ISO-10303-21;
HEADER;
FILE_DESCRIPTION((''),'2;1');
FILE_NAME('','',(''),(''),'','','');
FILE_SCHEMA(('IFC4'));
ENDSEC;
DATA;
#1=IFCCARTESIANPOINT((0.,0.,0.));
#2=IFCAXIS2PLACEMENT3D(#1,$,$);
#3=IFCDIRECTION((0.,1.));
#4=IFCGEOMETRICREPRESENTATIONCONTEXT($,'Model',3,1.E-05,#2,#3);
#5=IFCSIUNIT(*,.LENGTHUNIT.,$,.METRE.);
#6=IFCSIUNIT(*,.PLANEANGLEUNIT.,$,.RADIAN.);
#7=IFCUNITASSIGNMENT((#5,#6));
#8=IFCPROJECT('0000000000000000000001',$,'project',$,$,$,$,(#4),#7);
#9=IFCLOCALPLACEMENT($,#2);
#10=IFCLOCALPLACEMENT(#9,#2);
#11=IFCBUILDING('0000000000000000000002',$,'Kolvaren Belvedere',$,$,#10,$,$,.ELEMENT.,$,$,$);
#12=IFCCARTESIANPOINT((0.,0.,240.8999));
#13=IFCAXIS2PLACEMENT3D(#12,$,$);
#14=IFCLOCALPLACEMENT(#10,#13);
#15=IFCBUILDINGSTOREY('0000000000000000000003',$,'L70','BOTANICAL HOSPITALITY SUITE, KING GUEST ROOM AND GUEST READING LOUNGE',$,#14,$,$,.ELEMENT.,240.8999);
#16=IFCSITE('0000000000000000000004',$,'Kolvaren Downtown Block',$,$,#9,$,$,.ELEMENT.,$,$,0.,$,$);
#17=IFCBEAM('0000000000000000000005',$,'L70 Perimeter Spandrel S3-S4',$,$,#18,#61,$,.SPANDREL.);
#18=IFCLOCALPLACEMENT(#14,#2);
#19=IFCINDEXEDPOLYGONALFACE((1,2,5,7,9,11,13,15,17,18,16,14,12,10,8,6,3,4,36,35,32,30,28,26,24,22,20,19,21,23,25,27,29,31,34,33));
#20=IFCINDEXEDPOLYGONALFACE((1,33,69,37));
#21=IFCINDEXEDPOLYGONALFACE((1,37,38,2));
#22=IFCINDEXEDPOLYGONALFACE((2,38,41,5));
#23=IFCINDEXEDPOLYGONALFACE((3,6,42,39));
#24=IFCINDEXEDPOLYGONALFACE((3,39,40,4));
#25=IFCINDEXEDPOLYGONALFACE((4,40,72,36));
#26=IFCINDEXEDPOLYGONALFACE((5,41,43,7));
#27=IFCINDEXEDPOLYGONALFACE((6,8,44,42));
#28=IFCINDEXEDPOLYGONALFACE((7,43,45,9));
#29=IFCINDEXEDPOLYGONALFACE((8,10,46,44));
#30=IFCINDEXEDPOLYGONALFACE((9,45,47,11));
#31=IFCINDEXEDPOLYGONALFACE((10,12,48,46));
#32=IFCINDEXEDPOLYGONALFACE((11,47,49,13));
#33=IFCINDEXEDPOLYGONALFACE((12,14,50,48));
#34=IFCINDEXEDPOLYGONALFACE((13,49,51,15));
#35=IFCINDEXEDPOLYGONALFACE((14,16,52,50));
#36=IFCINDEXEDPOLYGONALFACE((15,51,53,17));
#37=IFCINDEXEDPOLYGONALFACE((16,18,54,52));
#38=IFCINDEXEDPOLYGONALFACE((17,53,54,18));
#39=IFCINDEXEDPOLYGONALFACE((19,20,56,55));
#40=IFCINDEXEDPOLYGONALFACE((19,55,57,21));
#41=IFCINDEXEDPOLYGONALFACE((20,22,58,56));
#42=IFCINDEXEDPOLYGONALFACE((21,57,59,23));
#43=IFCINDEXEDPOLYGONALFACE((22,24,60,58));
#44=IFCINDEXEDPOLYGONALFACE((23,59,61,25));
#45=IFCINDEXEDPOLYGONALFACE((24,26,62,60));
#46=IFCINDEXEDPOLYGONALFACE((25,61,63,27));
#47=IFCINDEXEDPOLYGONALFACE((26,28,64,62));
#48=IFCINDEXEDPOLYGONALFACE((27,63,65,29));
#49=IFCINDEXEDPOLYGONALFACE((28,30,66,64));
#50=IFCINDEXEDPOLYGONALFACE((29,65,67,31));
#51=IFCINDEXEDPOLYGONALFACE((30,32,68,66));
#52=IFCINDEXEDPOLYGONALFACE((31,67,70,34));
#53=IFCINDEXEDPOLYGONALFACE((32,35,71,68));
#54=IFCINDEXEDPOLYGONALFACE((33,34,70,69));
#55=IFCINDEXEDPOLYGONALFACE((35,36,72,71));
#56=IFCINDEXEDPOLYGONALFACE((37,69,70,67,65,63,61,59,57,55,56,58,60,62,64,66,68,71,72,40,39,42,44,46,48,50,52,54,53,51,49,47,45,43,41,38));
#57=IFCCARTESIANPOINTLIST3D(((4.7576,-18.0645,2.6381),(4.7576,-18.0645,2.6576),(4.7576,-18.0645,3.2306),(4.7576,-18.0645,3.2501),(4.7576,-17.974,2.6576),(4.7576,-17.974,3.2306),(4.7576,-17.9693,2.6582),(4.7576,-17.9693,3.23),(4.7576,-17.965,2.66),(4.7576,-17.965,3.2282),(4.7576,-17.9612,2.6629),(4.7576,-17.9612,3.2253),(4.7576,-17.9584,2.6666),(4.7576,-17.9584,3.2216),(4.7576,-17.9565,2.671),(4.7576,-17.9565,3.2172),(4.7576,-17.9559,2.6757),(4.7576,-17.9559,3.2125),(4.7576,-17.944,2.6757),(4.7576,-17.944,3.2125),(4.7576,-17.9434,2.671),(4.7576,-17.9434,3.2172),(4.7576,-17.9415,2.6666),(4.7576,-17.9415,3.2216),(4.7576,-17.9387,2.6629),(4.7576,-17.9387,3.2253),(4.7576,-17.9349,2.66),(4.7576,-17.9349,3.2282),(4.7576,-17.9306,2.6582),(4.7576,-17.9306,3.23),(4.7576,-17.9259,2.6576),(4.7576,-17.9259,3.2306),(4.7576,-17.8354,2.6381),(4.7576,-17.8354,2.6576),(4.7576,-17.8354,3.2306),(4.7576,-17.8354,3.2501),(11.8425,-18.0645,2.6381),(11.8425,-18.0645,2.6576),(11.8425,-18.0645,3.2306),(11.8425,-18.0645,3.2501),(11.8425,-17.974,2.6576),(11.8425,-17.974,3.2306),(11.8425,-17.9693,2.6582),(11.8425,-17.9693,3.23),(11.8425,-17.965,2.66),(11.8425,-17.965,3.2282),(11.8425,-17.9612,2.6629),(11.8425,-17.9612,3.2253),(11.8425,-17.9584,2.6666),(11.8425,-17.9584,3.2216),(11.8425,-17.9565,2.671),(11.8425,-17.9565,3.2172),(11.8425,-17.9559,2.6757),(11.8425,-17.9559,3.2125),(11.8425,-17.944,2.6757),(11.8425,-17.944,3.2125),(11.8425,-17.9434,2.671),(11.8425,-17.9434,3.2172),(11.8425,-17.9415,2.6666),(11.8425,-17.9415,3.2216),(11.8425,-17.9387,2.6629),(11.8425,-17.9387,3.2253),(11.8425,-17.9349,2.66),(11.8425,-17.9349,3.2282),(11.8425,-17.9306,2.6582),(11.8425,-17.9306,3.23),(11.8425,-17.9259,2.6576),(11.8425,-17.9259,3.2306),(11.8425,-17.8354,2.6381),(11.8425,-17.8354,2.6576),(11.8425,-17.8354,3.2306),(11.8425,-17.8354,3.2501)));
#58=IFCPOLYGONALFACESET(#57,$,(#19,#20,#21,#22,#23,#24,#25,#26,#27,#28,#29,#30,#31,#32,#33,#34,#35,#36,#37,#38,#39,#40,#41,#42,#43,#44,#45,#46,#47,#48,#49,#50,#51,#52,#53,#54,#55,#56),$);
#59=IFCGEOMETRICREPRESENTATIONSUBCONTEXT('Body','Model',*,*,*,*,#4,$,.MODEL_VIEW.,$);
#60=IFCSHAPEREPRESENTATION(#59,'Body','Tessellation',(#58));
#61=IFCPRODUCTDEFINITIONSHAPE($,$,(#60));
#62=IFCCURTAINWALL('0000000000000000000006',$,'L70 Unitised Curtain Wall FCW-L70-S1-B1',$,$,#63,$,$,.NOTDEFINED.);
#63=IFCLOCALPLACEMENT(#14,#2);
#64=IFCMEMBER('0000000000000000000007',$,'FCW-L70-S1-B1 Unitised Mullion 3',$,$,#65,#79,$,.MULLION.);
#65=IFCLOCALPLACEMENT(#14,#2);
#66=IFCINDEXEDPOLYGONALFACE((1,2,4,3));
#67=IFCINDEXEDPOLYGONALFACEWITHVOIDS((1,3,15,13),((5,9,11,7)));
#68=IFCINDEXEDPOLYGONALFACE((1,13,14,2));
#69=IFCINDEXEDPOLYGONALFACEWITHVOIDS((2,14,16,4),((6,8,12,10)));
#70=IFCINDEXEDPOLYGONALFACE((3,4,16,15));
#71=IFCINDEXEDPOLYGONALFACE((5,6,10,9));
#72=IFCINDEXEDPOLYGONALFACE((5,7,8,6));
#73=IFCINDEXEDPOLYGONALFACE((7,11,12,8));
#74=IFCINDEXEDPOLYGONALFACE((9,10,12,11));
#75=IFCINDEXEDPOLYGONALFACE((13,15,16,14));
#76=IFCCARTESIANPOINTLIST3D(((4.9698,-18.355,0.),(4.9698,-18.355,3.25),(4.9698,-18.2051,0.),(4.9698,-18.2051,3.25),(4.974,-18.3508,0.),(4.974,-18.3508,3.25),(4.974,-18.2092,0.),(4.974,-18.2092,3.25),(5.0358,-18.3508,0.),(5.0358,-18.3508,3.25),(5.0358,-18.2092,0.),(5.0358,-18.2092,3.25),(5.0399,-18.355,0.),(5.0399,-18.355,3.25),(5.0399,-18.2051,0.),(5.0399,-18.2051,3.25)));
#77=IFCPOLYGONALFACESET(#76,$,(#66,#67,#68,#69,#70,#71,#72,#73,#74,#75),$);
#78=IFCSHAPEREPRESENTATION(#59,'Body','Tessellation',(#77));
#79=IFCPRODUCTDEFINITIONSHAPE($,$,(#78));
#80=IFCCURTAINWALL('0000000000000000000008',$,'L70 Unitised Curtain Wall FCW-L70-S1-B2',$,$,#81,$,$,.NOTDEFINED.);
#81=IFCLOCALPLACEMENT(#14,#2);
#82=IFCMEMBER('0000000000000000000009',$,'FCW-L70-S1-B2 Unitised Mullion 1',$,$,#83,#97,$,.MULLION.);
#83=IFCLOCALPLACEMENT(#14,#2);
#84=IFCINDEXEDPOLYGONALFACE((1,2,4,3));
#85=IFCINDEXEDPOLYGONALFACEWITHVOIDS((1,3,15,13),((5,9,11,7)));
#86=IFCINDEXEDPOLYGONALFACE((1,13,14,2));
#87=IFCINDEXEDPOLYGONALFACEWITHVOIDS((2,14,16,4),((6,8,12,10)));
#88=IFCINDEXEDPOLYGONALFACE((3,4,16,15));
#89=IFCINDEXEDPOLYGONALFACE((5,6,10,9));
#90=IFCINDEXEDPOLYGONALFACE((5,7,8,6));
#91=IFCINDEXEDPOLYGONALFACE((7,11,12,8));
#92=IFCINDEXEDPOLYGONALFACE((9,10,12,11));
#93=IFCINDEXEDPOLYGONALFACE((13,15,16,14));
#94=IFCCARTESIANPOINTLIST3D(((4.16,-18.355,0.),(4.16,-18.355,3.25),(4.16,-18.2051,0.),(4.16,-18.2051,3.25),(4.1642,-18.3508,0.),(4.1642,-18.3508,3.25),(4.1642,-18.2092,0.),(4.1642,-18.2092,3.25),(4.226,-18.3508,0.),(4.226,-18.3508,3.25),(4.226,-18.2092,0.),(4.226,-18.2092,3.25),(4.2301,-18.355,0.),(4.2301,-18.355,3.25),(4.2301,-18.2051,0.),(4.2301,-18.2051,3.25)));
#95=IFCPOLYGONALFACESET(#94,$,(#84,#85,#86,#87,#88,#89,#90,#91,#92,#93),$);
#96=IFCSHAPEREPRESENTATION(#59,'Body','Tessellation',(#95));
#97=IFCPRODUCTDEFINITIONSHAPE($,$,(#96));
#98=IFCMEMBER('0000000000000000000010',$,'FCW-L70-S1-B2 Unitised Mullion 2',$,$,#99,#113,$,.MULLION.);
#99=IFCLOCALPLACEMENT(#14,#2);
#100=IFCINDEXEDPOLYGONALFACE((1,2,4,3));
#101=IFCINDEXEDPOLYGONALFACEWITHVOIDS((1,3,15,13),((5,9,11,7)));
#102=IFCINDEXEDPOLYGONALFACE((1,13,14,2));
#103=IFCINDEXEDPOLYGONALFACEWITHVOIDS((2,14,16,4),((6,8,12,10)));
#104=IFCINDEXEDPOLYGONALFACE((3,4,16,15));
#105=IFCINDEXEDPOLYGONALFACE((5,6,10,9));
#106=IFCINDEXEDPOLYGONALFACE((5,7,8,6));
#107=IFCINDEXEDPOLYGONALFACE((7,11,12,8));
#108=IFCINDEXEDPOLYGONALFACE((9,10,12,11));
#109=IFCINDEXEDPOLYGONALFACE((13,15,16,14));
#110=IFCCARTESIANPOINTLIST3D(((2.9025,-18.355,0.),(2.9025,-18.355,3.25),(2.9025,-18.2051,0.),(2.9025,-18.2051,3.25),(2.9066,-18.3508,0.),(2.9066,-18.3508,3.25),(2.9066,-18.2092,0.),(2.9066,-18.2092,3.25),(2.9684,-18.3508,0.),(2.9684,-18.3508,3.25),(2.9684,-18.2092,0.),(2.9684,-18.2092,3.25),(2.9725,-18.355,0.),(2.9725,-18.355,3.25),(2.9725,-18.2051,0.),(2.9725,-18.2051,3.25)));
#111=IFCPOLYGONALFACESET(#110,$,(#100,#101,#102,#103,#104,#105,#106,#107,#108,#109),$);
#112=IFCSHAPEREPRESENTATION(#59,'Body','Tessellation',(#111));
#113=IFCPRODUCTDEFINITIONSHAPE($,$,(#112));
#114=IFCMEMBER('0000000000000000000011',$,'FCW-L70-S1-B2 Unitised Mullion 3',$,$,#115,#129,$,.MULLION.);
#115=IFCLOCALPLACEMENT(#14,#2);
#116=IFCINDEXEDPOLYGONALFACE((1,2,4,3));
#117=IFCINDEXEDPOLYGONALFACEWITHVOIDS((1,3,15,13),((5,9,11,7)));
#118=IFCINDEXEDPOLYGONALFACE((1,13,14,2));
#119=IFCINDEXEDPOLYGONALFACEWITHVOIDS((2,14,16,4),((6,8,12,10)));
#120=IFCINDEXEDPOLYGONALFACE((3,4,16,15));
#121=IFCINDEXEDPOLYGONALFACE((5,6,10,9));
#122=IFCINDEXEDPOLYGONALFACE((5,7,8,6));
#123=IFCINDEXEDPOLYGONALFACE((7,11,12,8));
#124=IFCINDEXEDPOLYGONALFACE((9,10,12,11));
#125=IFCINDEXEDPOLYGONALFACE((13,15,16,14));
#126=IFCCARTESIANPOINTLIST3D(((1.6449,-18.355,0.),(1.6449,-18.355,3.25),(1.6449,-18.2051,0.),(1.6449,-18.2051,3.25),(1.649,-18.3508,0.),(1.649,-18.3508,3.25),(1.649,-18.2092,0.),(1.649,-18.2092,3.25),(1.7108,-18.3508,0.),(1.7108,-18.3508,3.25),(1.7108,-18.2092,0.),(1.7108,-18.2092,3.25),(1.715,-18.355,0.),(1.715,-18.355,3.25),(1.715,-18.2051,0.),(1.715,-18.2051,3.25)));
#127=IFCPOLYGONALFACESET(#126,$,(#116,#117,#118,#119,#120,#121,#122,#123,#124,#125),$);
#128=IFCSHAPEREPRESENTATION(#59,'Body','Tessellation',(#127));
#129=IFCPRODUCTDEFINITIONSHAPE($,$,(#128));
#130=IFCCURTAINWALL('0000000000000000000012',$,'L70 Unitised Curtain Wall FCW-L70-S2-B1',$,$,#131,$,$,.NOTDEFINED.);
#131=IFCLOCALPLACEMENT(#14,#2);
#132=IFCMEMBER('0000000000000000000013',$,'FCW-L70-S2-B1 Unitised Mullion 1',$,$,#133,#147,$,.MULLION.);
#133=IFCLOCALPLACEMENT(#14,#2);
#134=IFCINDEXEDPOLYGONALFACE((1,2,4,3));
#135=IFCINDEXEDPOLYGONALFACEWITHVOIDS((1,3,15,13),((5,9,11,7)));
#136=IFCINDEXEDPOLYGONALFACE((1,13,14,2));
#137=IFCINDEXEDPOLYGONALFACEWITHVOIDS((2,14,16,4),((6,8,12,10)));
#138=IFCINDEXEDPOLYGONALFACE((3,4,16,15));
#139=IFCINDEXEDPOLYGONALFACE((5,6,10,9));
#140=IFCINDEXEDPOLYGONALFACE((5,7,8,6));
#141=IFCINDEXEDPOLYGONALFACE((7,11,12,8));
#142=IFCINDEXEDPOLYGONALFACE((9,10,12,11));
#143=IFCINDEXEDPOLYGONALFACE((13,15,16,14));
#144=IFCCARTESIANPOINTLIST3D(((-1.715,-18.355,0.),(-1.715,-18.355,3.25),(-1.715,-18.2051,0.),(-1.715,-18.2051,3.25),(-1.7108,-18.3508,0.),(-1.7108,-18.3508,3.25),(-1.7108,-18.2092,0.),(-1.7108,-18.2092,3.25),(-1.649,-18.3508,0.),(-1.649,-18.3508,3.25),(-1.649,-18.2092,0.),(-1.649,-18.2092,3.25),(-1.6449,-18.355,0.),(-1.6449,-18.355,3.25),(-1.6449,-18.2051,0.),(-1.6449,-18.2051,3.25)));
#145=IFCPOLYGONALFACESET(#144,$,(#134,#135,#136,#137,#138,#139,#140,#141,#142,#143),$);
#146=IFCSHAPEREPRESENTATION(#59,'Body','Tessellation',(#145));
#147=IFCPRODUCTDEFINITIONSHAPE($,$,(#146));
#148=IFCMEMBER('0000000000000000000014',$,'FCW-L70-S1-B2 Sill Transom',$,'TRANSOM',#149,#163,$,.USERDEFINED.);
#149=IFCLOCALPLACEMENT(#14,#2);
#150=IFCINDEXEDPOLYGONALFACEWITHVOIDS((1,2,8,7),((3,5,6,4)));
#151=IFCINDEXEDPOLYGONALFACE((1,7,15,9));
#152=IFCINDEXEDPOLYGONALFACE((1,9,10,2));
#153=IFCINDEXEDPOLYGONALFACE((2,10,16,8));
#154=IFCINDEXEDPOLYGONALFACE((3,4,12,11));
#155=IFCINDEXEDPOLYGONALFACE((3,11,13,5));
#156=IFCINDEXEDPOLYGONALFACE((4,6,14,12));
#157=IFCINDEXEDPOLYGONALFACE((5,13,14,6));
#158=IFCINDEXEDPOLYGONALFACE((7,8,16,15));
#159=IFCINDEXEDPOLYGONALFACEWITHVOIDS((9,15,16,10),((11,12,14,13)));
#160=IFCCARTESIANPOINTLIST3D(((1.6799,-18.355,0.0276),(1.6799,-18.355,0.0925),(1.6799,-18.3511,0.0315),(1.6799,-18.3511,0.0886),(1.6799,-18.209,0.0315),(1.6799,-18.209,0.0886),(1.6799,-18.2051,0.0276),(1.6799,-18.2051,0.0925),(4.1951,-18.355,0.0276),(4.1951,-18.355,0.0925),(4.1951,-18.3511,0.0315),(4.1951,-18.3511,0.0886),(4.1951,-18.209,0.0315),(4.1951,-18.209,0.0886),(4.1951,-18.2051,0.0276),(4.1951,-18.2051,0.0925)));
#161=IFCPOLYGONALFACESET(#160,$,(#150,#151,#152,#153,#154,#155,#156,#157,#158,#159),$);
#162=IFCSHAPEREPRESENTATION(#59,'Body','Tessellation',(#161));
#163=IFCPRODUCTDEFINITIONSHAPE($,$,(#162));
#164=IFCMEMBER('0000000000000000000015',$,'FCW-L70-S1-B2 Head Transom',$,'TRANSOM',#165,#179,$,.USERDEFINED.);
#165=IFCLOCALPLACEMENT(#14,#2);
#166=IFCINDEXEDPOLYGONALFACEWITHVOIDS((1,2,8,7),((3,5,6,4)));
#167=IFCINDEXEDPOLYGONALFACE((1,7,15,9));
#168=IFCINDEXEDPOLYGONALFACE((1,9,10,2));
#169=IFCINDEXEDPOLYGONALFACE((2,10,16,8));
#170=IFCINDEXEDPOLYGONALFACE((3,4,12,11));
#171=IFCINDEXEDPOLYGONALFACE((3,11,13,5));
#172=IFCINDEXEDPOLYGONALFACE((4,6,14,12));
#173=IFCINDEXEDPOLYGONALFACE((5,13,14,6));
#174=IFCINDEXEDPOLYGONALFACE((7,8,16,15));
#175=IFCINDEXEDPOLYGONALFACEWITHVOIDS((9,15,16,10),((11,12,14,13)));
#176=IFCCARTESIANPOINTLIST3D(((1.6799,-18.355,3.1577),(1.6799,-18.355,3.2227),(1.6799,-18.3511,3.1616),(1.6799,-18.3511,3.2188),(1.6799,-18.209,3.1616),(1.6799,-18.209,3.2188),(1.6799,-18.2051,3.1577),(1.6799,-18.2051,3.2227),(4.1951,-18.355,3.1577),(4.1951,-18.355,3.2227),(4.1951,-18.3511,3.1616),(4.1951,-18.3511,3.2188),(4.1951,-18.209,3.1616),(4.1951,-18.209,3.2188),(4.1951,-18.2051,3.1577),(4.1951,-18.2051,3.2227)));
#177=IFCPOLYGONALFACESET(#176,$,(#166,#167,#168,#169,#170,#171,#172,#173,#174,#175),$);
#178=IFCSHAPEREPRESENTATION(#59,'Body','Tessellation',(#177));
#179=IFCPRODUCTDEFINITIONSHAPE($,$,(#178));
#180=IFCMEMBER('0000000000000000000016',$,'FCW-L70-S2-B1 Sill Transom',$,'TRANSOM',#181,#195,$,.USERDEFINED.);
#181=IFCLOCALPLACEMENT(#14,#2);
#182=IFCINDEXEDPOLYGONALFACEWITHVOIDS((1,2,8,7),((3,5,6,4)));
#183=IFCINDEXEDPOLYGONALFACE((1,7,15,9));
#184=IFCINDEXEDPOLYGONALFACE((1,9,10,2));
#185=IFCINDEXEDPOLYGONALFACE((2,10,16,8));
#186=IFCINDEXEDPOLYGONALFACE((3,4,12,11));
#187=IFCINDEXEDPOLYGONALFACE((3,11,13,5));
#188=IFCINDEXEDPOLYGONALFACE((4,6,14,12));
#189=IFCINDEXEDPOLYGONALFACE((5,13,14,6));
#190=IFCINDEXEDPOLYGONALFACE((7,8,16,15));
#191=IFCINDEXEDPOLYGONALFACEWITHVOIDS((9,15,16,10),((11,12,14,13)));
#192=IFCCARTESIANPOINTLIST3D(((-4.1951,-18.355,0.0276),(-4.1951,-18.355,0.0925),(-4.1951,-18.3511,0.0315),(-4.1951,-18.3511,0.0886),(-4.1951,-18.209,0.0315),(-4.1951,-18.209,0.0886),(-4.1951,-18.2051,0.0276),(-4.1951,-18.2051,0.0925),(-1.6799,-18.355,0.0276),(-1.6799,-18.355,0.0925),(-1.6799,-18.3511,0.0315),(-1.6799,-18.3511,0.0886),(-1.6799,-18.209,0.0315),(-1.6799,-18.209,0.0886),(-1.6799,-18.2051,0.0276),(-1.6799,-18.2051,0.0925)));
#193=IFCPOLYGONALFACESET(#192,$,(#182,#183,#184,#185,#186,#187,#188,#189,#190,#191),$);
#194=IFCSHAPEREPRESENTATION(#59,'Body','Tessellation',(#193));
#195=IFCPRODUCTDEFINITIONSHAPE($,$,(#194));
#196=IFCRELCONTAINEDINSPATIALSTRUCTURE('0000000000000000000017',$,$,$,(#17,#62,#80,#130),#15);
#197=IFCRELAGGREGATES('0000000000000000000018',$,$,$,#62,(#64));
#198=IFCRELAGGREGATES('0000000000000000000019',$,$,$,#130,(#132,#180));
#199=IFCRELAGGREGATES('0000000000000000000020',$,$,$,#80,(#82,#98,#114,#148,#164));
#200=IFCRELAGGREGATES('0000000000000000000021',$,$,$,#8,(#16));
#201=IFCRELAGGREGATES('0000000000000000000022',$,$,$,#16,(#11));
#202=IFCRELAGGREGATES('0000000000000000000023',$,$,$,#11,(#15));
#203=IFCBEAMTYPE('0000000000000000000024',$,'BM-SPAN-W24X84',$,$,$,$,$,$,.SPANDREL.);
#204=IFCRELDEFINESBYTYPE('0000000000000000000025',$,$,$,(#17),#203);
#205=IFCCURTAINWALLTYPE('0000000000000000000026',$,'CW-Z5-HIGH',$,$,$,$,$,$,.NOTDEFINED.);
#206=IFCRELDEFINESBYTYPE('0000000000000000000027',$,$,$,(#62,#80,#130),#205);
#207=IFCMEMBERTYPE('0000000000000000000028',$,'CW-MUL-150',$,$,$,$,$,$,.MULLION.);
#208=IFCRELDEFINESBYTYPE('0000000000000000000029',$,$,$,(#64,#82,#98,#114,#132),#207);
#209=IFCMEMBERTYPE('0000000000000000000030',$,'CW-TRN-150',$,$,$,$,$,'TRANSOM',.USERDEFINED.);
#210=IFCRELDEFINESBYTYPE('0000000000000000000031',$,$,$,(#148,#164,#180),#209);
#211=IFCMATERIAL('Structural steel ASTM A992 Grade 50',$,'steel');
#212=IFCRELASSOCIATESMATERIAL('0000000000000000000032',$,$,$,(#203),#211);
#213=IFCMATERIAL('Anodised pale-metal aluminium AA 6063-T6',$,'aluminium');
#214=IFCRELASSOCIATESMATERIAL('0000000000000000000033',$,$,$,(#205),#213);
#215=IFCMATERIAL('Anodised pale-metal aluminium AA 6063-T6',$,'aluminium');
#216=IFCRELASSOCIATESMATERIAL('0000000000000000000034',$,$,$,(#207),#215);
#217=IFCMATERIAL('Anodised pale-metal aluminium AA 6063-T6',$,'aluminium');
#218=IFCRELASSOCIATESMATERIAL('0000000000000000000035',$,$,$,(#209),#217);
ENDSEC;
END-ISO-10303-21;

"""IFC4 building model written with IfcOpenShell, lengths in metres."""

from ifc_helpers import new_model, si_unit, direction, frame, origin, origin_2d, place, context, subcontext, project, spatial, hollow_rectangle, i_section, extrude, material, material_profile, profile_set, type_object, element, aggregate, save


model = new_model("IFC4")

# Units and contexts
model_context = context("Model", 3, precision=1e-05, world=origin(), true_north=direction((0.0, 1.0)))
body_context = subcontext(model_context, "Body", "Model", "MODEL_VIEW")
ifc_project = project(units=[si_unit("LENGTHUNIT", "METRE"), si_unit("PLANEANGLEUNIT", "RADIAN")], contexts=[model_context])

# Site, building, storey
site_placement = place(None, origin())
site = spatial("IfcSite", under=ifc_project, at=site_placement, Name="Kolvaren Downtown Block", CompositionType="ELEMENT", RefElevation=0.0)
building_placement = place(site_placement, origin())
building = spatial("IfcBuilding", under=site, at=building_placement, Name="Kolvaren Belvedere", CompositionType="ELEMENT")
storey_placement = place(building_placement, frame((0.0, 0.0, 240.8999)))
storey = spatial("IfcBuildingStorey", under=building, at=storey_placement, Name="L70", Description="BOTANICAL HOSPITALITY SUITE, KING GUEST ROOM AND GUEST READING LOUNGE", CompositionType="ELEMENT", Elevation=240.8999)

# Beam
ifc_material_1 = material(Name="Structural steel ASTM A992 Grade 50", Category="steel")
ifc_material_profile_1 = material_profile(ifc_material_1, i_section(OverallWidth=0.229, OverallDepth=0.6121, WebThickness=0.012, FlangeThickness=0.0195, FilletRadius=0.0181, at=origin_2d()), Name="W24X84")
ifc_profile_set_1 = profile_set([ifc_material_profile_1], Name="Structural steel ASTM A992 Grade 50")
beam_type_1 = type_object("IfcBeamType", Name="BM-SPAN-W24X84", PredefinedType="SPANDREL", material=ifc_profile_set_1)
beam_1_placement = place(storey_placement, frame((4.7576, -17.95, 2.9441), z_axis=(1.0, 0.0, 0.0), x_axis=(0.0, 1.0, 0.0)))
element("IfcBeam", 1, at=beam_1_placement, inside=storey, type_object=beam_type_1, Name="L70 Perimeter Spandrel S3-S4", PredefinedType="SPANDREL", context=body_context, shape_type="SweptSolid", body=[
    extrude(i_section(OverallWidth=0.229, OverallDepth=0.6121, WebThickness=0.012, FlangeThickness=0.0195, FilletRadius=0.0181, at=origin_2d()), origin(), (0.0, 0.0, 1.0), 7.085),
])

# Curtain wall, member
ifc_material_2 = material(Name="Anodised pale-metal aluminium AA 6063-T6", Category="aluminium")
curtain_wall_type = type_object("IfcCurtainWallType", Name="CW-Z5-HIGH", PredefinedType="NOTDEFINED", material=ifc_material_2)
curtain_wall_1_placement = place(storey_placement, origin())
curtain_wall_1 = element("IfcCurtainWall", 2, at=curtain_wall_1_placement, inside=storey, type_object=curtain_wall_type, Name="L70 Unitised Curtain Wall FCW-L70-S1-B1", PredefinedType="NOTDEFINED")
ifc_material_3 = material(Name="Anodised pale-metal aluminium AA 6063-T6", Category="aluminium")
ifc_material_profile_2 = material_profile(ifc_material_3, hollow_rectangle(XDim=0.0701, YDim=0.1499, WallThickness=0.0042, at=origin_2d()), Name="ALU-MUL-150X70")
ifc_profile_set_2 = profile_set([ifc_material_profile_2], Name="Anodised pale-metal aluminium AA 6063-T6")
member_type_1 = type_object("IfcMemberType", Name="CW-MUL-150", PredefinedType="MULLION", material=ifc_profile_set_2)
member_1_placement = place(storey_placement, frame((5.0049, -18.28, 0.0), z_axis=(0.0, 0.0, 1.0), x_axis=(1.0, 0.0, 0.0)))
member_1 = element("IfcMember", 3, at=member_1_placement, type_object=member_type_1, Name="FCW-L70-S1-B1 Unitised Mullion 3", PredefinedType="MULLION", context=body_context, shape_type="SweptSolid", body=[
    extrude(hollow_rectangle(XDim=0.0701, YDim=0.1499, WallThickness=0.0042, at=origin_2d()), origin(), (0.0, 0.0, 1.0), 3.25),
])
aggregate(curtain_wall_1, [member_1])

# Curtain wall, members
curtain_wall_2_placement = place(storey_placement, origin())
curtain_wall_2 = element("IfcCurtainWall", 4, at=curtain_wall_2_placement, inside=storey, type_object=curtain_wall_type, Name="L70 Unitised Curtain Wall FCW-L70-S1-B2", PredefinedType="NOTDEFINED")
member_2_placement = place(storey_placement, frame((4.1951, -18.28, 0.0), z_axis=(0.0, 0.0, 1.0), x_axis=(1.0, 0.0, 0.0)))
member_2 = element("IfcMember", 5, at=member_2_placement, type_object=member_type_1, Name="FCW-L70-S1-B2 Unitised Mullion 1", PredefinedType="MULLION", context=body_context, shape_type="SweptSolid", body=[
    extrude(hollow_rectangle(XDim=0.0701, YDim=0.1499, WallThickness=0.0042, at=origin_2d()), origin(), (0.0, 0.0, 1.0), 3.25),
])
member_3_placement = place(storey_placement, frame((2.9375, -18.28, 0.0), z_axis=(0.0, 0.0, 1.0), x_axis=(1.0, 0.0, 0.0)))
member_3 = element("IfcMember", 6, at=member_3_placement, type_object=member_type_1, Name="FCW-L70-S1-B2 Unitised Mullion 2", PredefinedType="MULLION", context=body_context, shape_type="SweptSolid", body=[
    extrude(hollow_rectangle(XDim=0.0701, YDim=0.1499, WallThickness=0.0042, at=origin_2d()), origin(), (0.0, 0.0, 1.0), 3.25),
])
member_4_placement = place(storey_placement, frame((1.6799, -18.28, 0.0), z_axis=(0.0, 0.0, 1.0), x_axis=(1.0, 0.0, 0.0)))
member_4 = element("IfcMember", 7, at=member_4_placement, type_object=member_type_1, Name="FCW-L70-S1-B2 Unitised Mullion 3", PredefinedType="MULLION", context=body_context, shape_type="SweptSolid", body=[
    extrude(hollow_rectangle(XDim=0.0701, YDim=0.1499, WallThickness=0.0042, at=origin_2d()), origin(), (0.0, 0.0, 1.0), 3.25),
])

# Curtain wall, member
curtain_wall_3_placement = place(storey_placement, origin())
curtain_wall_3 = element("IfcCurtainWall", 8, at=curtain_wall_3_placement, inside=storey, type_object=curtain_wall_type, Name="L70 Unitised Curtain Wall FCW-L70-S2-B1", PredefinedType="NOTDEFINED")
member_5_placement = place(storey_placement, frame((-1.6799, -18.28, 0.0), z_axis=(0.0, 0.0, 1.0), x_axis=(1.0, 0.0, 0.0)))
member_5 = element("IfcMember", 9, at=member_5_placement, type_object=member_type_1, Name="FCW-L70-S2-B1 Unitised Mullion 1", PredefinedType="MULLION", context=body_context, shape_type="SweptSolid", body=[
    extrude(hollow_rectangle(XDim=0.0701, YDim=0.1499, WallThickness=0.0042, at=origin_2d()), origin(), (0.0, 0.0, 1.0), 3.25),
])

# Members
ifc_material_4 = material(Name="Anodised pale-metal aluminium AA 6063-T6", Category="aluminium")
ifc_material_profile_3 = material_profile(ifc_material_4, hollow_rectangle(XDim=0.0649, YDim=0.1499, WallThickness=0.0039, at=origin_2d()), Name="ALU-TRN-150X65")
ifc_profile_set_3 = profile_set([ifc_material_profile_3], Name="Anodised pale-metal aluminium AA 6063-T6")
member_type_2 = type_object("IfcMemberType", Name="CW-TRN-150", ElementType="TRANSOM", PredefinedType="USERDEFINED", material=ifc_profile_set_3)
member_6_placement = place(storey_placement, frame((4.1951, -18.28, 0.0601), z_axis=(-1.0, 0.0, 0.0), x_axis=(0.0, 0.0, 1.0)))
member_6 = element("IfcMember", 10, at=member_6_placement, type_object=member_type_2, Name="FCW-L70-S1-B2 Sill Transom", ObjectType="TRANSOM", PredefinedType="USERDEFINED", context=body_context, shape_type="SweptSolid", body=[
    extrude(hollow_rectangle(XDim=0.0649, YDim=0.1499, WallThickness=0.0039, at=origin_2d()), origin(), (0.0, 0.0, 1.0), 2.5151),
])
member_7_placement = place(storey_placement, frame((4.1951, -18.28, 3.1902), z_axis=(-1.0, 0.0, 0.0), x_axis=(0.0, 0.0, 1.0)))
member_7 = element("IfcMember", 11, at=member_7_placement, type_object=member_type_2, Name="FCW-L70-S1-B2 Head Transom", ObjectType="TRANSOM", PredefinedType="USERDEFINED", context=body_context, shape_type="SweptSolid", body=[
    extrude(hollow_rectangle(XDim=0.0649, YDim=0.1499, WallThickness=0.0039, at=origin_2d()), origin(), (0.0, 0.0, 1.0), 2.5151),
])
member_8_placement = place(storey_placement, frame((-1.6799, -18.28, 0.0601), z_axis=(-1.0, 0.0, 0.0), x_axis=(0.0, 0.0, 1.0)))
member_8 = element("IfcMember", 12, at=member_8_placement, type_object=member_type_2, Name="FCW-L70-S2-B1 Sill Transom", ObjectType="TRANSOM", PredefinedType="USERDEFINED", context=body_context, shape_type="SweptSolid", body=[
    extrude(hollow_rectangle(XDim=0.0649, YDim=0.1499, WallThickness=0.0039, at=origin_2d()), origin(), (0.0, 0.0, 1.0), 2.5151),
])
aggregate(curtain_wall_3, [member_5, member_8])

aggregate(curtain_wall_2, [member_2, member_3, member_4, member_6, member_7])

save(model, "model.ifc")
